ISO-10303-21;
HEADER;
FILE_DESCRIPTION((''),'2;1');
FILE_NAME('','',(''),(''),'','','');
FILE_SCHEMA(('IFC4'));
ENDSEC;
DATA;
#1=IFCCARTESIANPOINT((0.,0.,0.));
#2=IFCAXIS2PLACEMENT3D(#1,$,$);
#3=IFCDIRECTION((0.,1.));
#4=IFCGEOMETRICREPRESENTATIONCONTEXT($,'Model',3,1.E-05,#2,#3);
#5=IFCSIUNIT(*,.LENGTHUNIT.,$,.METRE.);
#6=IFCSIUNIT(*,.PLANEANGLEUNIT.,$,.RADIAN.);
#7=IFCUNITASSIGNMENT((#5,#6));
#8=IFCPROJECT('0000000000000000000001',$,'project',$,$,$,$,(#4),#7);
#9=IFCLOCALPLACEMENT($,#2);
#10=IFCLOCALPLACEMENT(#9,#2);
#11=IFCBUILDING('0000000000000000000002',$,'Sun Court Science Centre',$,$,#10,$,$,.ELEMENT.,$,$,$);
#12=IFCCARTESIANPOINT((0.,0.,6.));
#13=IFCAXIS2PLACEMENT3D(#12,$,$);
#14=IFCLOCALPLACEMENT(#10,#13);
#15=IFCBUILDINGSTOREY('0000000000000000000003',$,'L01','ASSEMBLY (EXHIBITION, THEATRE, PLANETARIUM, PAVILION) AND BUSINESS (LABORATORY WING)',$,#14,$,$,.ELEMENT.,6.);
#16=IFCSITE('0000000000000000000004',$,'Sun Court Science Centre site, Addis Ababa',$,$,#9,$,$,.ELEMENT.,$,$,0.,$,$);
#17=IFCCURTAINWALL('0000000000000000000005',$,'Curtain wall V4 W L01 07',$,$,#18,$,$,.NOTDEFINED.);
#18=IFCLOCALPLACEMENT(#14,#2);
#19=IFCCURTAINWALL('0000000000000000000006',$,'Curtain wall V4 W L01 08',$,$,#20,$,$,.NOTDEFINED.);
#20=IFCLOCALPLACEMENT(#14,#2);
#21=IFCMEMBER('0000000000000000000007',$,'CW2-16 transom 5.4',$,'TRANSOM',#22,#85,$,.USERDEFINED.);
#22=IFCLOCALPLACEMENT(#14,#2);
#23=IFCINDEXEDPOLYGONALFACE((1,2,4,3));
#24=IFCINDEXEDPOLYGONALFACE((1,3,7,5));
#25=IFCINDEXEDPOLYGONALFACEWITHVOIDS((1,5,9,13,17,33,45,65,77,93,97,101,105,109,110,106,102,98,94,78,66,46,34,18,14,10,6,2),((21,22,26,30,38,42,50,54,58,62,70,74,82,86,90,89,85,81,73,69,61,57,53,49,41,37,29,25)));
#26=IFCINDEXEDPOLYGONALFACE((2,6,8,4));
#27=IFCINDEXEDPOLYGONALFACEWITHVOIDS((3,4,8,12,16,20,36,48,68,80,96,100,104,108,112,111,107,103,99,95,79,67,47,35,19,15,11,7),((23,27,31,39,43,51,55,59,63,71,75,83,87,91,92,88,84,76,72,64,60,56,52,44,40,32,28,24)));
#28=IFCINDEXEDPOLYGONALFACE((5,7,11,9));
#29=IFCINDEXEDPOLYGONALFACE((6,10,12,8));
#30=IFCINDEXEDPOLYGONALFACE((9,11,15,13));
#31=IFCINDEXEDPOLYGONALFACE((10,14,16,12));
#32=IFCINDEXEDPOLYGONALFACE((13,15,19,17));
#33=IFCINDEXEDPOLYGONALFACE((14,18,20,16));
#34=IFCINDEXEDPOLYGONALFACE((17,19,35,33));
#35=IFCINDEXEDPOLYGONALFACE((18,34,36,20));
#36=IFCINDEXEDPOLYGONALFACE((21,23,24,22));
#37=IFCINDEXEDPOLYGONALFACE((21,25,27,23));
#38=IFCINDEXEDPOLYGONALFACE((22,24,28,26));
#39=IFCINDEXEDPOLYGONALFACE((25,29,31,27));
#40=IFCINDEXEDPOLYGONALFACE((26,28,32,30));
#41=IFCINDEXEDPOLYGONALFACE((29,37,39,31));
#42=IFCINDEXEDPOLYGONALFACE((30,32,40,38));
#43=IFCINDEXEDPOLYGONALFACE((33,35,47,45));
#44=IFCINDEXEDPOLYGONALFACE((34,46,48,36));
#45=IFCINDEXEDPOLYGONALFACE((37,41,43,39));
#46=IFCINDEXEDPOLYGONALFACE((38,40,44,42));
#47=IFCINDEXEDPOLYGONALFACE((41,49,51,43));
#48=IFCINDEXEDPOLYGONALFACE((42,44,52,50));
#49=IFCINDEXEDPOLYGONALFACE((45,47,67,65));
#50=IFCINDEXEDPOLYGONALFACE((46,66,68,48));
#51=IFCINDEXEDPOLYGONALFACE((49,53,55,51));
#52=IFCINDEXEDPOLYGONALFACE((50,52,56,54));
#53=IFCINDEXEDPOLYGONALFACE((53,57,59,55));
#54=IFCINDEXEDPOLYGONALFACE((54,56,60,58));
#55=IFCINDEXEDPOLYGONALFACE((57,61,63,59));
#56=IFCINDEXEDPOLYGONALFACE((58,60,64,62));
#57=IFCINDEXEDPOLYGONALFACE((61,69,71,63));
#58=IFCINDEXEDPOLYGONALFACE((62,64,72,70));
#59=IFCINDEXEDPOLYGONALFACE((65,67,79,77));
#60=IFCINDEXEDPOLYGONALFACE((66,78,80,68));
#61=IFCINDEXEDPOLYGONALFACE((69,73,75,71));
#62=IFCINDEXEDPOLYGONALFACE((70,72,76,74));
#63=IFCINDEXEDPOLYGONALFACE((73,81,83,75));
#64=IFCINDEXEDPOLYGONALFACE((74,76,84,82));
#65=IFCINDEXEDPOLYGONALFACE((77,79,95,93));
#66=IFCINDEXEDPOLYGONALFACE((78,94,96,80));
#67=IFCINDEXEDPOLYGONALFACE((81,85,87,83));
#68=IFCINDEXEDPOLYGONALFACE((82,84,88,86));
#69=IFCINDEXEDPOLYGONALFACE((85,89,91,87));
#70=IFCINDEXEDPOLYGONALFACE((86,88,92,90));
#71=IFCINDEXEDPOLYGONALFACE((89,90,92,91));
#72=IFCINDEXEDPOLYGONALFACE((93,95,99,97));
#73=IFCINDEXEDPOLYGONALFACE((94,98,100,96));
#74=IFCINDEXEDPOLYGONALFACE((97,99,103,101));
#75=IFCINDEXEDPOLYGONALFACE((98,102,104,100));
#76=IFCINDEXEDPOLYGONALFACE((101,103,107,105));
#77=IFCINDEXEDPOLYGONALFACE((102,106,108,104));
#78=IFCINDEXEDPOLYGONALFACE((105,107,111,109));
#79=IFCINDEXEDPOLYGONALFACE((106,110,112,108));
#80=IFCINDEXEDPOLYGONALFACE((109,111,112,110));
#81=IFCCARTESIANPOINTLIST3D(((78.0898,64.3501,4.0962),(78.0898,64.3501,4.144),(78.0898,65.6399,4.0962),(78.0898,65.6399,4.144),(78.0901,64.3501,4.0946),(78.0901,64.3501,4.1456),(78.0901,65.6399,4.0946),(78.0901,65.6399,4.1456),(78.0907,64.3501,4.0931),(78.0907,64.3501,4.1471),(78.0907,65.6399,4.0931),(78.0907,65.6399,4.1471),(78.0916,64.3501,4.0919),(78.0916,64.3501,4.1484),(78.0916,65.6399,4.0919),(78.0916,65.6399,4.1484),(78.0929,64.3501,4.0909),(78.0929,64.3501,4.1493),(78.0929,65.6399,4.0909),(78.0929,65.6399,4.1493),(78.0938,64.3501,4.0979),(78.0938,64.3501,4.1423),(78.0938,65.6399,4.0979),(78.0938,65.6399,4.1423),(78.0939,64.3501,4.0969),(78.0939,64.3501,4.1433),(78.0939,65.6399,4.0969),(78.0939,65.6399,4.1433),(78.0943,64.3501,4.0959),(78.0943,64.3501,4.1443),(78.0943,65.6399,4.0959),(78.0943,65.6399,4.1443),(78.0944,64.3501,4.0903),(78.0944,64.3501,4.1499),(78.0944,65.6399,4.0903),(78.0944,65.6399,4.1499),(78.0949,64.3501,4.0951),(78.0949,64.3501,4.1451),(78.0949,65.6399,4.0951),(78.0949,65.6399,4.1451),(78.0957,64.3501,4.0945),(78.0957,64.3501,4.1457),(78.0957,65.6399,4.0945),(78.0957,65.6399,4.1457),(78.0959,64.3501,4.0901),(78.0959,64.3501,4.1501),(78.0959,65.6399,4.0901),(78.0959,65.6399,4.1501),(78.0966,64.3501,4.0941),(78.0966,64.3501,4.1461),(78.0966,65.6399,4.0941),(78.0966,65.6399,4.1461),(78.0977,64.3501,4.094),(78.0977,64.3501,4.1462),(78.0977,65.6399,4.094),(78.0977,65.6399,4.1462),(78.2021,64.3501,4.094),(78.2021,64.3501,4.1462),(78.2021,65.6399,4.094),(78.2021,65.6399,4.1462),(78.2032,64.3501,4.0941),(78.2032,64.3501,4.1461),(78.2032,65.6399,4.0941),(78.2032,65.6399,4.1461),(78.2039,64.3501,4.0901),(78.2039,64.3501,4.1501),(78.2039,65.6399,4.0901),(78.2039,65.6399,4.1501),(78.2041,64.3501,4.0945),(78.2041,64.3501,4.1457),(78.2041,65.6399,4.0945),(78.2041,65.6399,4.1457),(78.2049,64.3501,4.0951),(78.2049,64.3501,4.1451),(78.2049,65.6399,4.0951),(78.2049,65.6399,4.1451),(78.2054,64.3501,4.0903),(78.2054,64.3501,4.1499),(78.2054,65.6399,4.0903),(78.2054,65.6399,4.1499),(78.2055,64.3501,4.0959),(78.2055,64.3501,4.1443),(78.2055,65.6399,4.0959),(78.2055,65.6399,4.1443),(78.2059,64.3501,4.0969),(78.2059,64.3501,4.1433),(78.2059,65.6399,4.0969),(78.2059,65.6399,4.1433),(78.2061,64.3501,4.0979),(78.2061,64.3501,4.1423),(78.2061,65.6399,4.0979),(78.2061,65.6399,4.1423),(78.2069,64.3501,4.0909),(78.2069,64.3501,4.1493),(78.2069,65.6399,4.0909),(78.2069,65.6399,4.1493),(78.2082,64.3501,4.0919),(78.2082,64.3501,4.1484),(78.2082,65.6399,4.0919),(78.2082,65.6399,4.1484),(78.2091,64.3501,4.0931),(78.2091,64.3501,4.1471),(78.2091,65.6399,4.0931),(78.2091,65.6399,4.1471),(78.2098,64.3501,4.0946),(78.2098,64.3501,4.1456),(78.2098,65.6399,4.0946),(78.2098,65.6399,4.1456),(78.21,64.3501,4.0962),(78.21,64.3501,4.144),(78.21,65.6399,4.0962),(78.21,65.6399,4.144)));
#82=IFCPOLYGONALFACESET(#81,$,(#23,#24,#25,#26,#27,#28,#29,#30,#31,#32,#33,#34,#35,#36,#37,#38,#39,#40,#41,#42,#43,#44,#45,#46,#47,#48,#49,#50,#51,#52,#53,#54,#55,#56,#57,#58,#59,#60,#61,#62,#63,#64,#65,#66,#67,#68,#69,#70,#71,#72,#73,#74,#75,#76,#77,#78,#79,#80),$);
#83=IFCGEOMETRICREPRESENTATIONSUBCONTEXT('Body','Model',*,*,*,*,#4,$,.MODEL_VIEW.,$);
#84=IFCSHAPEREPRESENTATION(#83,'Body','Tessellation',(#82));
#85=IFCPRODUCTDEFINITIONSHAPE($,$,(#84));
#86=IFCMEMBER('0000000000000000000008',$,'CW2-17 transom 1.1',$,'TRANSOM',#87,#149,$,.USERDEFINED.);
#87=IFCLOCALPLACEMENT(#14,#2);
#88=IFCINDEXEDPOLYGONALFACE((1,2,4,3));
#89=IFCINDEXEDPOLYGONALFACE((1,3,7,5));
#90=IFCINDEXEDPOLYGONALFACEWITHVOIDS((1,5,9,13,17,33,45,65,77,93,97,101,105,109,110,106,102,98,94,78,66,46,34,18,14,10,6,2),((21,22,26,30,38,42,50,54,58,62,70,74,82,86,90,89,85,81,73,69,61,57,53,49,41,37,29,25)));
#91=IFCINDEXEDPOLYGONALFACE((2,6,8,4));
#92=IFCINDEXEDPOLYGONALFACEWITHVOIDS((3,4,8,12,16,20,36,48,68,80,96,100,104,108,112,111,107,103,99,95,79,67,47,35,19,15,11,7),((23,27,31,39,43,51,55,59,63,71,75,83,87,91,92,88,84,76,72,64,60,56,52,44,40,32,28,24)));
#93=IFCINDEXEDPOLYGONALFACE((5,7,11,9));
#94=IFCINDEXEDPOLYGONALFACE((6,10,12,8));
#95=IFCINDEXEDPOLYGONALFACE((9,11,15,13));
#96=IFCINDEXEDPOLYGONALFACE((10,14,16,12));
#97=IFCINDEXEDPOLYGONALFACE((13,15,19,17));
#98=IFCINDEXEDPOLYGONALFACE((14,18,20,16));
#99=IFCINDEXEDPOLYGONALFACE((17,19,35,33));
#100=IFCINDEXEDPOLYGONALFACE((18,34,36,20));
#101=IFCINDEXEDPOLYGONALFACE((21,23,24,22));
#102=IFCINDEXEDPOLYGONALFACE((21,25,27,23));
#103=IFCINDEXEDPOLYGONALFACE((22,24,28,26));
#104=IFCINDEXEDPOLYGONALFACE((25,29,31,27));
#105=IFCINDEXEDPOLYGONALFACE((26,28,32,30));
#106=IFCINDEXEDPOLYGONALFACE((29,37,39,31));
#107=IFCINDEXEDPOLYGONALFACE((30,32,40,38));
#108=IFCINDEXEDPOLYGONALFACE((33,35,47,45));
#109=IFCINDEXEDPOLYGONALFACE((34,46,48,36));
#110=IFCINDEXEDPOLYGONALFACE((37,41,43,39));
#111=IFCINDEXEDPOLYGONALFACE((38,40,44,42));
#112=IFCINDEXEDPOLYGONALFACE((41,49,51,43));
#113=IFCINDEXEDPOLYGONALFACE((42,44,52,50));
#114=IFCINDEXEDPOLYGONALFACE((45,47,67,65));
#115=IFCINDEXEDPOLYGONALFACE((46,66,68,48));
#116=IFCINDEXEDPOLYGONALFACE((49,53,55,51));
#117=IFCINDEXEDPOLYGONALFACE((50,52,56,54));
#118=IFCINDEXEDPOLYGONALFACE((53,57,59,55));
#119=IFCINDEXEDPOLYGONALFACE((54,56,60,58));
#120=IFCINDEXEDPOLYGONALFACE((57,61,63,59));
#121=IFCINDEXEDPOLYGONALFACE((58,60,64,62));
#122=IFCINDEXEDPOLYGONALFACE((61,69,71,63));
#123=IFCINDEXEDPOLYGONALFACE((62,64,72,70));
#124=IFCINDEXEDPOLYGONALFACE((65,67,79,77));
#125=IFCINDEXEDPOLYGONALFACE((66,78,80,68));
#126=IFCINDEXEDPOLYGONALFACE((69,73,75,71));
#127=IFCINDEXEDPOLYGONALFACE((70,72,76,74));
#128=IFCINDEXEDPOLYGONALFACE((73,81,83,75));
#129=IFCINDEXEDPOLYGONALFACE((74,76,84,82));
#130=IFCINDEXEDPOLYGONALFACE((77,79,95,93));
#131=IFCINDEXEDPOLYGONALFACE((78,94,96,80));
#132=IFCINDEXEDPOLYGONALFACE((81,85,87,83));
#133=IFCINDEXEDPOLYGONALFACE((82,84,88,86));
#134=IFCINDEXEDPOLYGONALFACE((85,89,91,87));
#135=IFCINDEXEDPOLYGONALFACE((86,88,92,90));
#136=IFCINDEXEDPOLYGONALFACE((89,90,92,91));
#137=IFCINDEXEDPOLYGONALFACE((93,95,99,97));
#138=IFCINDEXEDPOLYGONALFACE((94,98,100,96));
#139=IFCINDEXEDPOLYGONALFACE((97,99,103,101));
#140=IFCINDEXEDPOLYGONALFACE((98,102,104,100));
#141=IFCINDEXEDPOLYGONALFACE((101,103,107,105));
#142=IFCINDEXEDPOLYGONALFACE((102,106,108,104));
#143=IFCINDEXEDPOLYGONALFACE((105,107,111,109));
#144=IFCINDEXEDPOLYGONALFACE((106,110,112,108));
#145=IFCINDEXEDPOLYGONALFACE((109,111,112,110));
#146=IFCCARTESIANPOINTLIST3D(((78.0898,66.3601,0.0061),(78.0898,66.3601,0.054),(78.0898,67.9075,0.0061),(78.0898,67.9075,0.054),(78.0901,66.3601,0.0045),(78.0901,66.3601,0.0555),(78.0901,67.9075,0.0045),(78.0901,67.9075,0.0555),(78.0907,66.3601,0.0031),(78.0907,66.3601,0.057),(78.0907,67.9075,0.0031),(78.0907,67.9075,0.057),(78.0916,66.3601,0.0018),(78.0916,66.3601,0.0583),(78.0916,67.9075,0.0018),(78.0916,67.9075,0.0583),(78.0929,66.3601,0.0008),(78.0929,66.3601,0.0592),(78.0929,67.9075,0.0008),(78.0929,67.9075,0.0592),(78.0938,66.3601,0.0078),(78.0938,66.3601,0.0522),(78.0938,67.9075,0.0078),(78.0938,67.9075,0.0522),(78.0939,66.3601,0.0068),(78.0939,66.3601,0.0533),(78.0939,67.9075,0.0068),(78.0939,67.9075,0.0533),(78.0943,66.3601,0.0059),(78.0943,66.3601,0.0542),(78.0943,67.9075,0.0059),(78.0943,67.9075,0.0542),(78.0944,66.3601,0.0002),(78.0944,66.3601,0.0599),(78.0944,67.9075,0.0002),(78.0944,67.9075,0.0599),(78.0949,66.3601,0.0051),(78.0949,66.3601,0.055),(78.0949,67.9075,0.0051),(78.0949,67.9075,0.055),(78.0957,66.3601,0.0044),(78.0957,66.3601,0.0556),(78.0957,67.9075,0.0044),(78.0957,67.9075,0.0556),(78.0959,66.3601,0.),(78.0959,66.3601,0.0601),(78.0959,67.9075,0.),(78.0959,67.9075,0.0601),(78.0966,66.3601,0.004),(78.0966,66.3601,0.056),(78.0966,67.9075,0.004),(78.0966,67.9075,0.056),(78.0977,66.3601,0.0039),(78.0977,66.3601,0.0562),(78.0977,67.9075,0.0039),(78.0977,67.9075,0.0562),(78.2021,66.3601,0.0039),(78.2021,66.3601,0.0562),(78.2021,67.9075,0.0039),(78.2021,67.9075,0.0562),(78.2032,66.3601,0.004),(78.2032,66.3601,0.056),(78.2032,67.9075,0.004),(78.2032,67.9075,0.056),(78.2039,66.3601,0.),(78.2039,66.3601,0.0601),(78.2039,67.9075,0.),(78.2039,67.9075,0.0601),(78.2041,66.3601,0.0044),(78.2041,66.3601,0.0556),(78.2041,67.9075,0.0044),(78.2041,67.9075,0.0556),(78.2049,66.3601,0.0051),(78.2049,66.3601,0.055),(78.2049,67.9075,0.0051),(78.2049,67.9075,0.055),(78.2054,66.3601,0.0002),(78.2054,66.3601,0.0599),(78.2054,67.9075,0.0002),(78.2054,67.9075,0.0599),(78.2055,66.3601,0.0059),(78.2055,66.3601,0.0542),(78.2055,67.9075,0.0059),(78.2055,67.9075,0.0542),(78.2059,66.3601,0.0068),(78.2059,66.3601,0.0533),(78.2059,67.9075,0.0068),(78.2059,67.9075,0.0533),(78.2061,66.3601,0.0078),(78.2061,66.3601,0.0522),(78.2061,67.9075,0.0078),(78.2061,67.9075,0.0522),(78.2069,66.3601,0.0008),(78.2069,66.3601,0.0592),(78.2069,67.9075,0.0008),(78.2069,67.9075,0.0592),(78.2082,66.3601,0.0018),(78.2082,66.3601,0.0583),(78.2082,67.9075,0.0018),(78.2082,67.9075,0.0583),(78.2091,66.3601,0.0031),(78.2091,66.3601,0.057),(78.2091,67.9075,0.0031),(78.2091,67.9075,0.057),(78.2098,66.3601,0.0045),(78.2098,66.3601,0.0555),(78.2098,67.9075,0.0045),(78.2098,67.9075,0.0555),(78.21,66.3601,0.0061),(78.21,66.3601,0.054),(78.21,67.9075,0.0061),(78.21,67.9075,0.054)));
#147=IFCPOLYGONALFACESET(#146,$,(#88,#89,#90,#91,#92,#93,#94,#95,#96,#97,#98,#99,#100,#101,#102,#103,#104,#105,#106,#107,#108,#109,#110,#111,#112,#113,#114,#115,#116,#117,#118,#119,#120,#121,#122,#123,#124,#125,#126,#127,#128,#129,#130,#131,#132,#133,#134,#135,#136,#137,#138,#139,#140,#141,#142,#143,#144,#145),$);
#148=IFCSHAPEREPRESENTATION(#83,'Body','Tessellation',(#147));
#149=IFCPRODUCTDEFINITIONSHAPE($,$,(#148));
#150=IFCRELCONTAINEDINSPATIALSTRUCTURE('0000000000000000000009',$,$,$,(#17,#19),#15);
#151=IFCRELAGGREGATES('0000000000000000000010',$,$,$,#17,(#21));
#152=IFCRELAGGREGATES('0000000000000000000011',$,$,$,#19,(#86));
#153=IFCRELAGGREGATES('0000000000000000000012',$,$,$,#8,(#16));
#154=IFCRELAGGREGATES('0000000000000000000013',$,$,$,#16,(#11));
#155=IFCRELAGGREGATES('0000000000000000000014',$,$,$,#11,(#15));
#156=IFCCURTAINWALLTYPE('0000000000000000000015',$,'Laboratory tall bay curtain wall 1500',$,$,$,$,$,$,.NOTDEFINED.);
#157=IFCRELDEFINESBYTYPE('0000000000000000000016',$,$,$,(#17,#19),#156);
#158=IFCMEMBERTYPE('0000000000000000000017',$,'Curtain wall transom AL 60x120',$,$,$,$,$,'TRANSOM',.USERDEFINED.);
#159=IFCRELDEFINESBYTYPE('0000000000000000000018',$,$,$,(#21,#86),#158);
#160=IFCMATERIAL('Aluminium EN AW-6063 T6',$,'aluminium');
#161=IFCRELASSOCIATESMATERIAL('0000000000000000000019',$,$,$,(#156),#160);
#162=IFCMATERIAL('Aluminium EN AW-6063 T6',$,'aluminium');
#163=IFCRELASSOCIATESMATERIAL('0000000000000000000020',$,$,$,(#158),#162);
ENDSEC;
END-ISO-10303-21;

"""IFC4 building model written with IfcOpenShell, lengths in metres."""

from ifc_helpers import new_model, si_unit, direction, frame, origin, origin_2d, place, context, subcontext, project, spatial, hollow_rectangle, extrude, material, material_profile, profile_set, type_object, element, aggregate, save


model = new_model("IFC4")

# Units and contexts
model_context = context("Model", 3, precision=1e-05, world=origin(), true_north=direction((0.0, 1.0)))
body_context = subcontext(model_context, "Body", "Model", "MODEL_VIEW")
ifc_project = project(units=[si_unit("LENGTHUNIT", "METRE"), si_unit("PLANEANGLEUNIT", "RADIAN")], contexts=[model_context])

# Site, building, storey
site_placement = place(None, origin())
site = spatial("IfcSite", under=ifc_project, at=site_placement, Name="Sun Court Science Centre site, Addis Ababa", CompositionType="ELEMENT", RefElevation=0.0)
building_placement = place(site_placement, origin())
building = spatial("IfcBuilding", under=site, at=building_placement, Name="Sun Court Science Centre", CompositionType="ELEMENT")
storey_placement = place(building_placement, frame((0.0, 0.0, 6.0)))
storey = spatial("IfcBuildingStorey", under=building, at=storey_placement, Name="L01", Description="ASSEMBLY (EXHIBITION, THEATRE, PLANETARIUM, PAVILION) AND BUSINESS (LABORATORY WING)", CompositionType="ELEMENT", Elevation=6.0)

# Curtain wall
ifc_material_1 = material(Name="Aluminium EN AW-6063 T6", Category="aluminium")
curtain_wall_type = type_object("IfcCurtainWallType", Name="Laboratory tall bay curtain wall 1500", PredefinedType="NOTDEFINED", material=ifc_material_1)
curtain_wall_1_placement = place(storey_placement, origin())
curtain_wall_1 = element("IfcCurtainWall", 1, at=curtain_wall_1_placement, inside=storey, type_object=curtain_wall_type, Name="Curtain wall V4 W L01 07", PredefinedType="NOTDEFINED")

# Curtain wall
curtain_wall_2_placement = place(storey_placement, origin())
curtain_wall_2 = element("IfcCurtainWall", 2, at=curtain_wall_2_placement, inside=storey, type_object=curtain_wall_type, Name="Curtain wall V4 W L01 08", PredefinedType="NOTDEFINED")

# Members
ifc_material_2 = material(Name="Aluminium EN AW-6063 T6", Category="aluminium")
ifc_material_profile_1 = material_profile(ifc_material_2, hollow_rectangle(XDim=0.0601, YDim=0.1201, WallThickness=0.0039, InnerFilletRadius=0.0039, OuterFilletRadius=0.0061, at=origin_2d()), Name="AL 60x120x4")
ifc_profile_set_1 = profile_set([ifc_material_profile_1], Name="Aluminium EN AW-6063 T6")
member_type_1 = type_object("IfcMemberType", Name="Curtain wall transom AL 60x120", ElementType="TRANSOM", PredefinedType="USERDEFINED", material=ifc_profile_set_1)
member_1_placement = place(storey_placement, frame((78.1499, 64.3501, 4.1201), z_axis=(0.0, 1.0, 0.0), x_axis=(0.0, 0.0, 1.0)))
member_1 = element("IfcMember", 3, at=member_1_placement, type_object=member_type_1, Name="CW2-16 transom 5.4", ObjectType="TRANSOM", PredefinedType="USERDEFINED", context=body_context, shape_type="SweptSolid", body=[
    extrude(hollow_rectangle(XDim=0.0601, YDim=0.1201, WallThickness=0.0039, InnerFilletRadius=0.0039, OuterFilletRadius=0.0061, at=origin_2d()), origin(), (0.0, 0.0, 1.0), 1.2898),
])
member_2_placement = place(storey_placement, frame((78.1499, 66.3601, 0.03), z_axis=(0.0, 1.0, 0.0), x_axis=(0.0, 0.0, 1.0)))
member_2 = element("IfcMember", 4, at=member_2_placement, type_object=member_type_1, Name="CW2-17 transom 1.1", ObjectType="TRANSOM", PredefinedType="USERDEFINED", context=body_context, shape_type="SweptSolid", body=[
    extrude(hollow_rectangle(XDim=0.0601, YDim=0.1201, WallThickness=0.0039, InnerFilletRadius=0.0039, OuterFilletRadius=0.0061, at=origin_2d()), origin(), (0.0, 0.0, 1.0), 1.5474),
])

aggregate(curtain_wall_1, [member_1])
aggregate(curtain_wall_2, [member_2])

save(model, "model.ifc")
